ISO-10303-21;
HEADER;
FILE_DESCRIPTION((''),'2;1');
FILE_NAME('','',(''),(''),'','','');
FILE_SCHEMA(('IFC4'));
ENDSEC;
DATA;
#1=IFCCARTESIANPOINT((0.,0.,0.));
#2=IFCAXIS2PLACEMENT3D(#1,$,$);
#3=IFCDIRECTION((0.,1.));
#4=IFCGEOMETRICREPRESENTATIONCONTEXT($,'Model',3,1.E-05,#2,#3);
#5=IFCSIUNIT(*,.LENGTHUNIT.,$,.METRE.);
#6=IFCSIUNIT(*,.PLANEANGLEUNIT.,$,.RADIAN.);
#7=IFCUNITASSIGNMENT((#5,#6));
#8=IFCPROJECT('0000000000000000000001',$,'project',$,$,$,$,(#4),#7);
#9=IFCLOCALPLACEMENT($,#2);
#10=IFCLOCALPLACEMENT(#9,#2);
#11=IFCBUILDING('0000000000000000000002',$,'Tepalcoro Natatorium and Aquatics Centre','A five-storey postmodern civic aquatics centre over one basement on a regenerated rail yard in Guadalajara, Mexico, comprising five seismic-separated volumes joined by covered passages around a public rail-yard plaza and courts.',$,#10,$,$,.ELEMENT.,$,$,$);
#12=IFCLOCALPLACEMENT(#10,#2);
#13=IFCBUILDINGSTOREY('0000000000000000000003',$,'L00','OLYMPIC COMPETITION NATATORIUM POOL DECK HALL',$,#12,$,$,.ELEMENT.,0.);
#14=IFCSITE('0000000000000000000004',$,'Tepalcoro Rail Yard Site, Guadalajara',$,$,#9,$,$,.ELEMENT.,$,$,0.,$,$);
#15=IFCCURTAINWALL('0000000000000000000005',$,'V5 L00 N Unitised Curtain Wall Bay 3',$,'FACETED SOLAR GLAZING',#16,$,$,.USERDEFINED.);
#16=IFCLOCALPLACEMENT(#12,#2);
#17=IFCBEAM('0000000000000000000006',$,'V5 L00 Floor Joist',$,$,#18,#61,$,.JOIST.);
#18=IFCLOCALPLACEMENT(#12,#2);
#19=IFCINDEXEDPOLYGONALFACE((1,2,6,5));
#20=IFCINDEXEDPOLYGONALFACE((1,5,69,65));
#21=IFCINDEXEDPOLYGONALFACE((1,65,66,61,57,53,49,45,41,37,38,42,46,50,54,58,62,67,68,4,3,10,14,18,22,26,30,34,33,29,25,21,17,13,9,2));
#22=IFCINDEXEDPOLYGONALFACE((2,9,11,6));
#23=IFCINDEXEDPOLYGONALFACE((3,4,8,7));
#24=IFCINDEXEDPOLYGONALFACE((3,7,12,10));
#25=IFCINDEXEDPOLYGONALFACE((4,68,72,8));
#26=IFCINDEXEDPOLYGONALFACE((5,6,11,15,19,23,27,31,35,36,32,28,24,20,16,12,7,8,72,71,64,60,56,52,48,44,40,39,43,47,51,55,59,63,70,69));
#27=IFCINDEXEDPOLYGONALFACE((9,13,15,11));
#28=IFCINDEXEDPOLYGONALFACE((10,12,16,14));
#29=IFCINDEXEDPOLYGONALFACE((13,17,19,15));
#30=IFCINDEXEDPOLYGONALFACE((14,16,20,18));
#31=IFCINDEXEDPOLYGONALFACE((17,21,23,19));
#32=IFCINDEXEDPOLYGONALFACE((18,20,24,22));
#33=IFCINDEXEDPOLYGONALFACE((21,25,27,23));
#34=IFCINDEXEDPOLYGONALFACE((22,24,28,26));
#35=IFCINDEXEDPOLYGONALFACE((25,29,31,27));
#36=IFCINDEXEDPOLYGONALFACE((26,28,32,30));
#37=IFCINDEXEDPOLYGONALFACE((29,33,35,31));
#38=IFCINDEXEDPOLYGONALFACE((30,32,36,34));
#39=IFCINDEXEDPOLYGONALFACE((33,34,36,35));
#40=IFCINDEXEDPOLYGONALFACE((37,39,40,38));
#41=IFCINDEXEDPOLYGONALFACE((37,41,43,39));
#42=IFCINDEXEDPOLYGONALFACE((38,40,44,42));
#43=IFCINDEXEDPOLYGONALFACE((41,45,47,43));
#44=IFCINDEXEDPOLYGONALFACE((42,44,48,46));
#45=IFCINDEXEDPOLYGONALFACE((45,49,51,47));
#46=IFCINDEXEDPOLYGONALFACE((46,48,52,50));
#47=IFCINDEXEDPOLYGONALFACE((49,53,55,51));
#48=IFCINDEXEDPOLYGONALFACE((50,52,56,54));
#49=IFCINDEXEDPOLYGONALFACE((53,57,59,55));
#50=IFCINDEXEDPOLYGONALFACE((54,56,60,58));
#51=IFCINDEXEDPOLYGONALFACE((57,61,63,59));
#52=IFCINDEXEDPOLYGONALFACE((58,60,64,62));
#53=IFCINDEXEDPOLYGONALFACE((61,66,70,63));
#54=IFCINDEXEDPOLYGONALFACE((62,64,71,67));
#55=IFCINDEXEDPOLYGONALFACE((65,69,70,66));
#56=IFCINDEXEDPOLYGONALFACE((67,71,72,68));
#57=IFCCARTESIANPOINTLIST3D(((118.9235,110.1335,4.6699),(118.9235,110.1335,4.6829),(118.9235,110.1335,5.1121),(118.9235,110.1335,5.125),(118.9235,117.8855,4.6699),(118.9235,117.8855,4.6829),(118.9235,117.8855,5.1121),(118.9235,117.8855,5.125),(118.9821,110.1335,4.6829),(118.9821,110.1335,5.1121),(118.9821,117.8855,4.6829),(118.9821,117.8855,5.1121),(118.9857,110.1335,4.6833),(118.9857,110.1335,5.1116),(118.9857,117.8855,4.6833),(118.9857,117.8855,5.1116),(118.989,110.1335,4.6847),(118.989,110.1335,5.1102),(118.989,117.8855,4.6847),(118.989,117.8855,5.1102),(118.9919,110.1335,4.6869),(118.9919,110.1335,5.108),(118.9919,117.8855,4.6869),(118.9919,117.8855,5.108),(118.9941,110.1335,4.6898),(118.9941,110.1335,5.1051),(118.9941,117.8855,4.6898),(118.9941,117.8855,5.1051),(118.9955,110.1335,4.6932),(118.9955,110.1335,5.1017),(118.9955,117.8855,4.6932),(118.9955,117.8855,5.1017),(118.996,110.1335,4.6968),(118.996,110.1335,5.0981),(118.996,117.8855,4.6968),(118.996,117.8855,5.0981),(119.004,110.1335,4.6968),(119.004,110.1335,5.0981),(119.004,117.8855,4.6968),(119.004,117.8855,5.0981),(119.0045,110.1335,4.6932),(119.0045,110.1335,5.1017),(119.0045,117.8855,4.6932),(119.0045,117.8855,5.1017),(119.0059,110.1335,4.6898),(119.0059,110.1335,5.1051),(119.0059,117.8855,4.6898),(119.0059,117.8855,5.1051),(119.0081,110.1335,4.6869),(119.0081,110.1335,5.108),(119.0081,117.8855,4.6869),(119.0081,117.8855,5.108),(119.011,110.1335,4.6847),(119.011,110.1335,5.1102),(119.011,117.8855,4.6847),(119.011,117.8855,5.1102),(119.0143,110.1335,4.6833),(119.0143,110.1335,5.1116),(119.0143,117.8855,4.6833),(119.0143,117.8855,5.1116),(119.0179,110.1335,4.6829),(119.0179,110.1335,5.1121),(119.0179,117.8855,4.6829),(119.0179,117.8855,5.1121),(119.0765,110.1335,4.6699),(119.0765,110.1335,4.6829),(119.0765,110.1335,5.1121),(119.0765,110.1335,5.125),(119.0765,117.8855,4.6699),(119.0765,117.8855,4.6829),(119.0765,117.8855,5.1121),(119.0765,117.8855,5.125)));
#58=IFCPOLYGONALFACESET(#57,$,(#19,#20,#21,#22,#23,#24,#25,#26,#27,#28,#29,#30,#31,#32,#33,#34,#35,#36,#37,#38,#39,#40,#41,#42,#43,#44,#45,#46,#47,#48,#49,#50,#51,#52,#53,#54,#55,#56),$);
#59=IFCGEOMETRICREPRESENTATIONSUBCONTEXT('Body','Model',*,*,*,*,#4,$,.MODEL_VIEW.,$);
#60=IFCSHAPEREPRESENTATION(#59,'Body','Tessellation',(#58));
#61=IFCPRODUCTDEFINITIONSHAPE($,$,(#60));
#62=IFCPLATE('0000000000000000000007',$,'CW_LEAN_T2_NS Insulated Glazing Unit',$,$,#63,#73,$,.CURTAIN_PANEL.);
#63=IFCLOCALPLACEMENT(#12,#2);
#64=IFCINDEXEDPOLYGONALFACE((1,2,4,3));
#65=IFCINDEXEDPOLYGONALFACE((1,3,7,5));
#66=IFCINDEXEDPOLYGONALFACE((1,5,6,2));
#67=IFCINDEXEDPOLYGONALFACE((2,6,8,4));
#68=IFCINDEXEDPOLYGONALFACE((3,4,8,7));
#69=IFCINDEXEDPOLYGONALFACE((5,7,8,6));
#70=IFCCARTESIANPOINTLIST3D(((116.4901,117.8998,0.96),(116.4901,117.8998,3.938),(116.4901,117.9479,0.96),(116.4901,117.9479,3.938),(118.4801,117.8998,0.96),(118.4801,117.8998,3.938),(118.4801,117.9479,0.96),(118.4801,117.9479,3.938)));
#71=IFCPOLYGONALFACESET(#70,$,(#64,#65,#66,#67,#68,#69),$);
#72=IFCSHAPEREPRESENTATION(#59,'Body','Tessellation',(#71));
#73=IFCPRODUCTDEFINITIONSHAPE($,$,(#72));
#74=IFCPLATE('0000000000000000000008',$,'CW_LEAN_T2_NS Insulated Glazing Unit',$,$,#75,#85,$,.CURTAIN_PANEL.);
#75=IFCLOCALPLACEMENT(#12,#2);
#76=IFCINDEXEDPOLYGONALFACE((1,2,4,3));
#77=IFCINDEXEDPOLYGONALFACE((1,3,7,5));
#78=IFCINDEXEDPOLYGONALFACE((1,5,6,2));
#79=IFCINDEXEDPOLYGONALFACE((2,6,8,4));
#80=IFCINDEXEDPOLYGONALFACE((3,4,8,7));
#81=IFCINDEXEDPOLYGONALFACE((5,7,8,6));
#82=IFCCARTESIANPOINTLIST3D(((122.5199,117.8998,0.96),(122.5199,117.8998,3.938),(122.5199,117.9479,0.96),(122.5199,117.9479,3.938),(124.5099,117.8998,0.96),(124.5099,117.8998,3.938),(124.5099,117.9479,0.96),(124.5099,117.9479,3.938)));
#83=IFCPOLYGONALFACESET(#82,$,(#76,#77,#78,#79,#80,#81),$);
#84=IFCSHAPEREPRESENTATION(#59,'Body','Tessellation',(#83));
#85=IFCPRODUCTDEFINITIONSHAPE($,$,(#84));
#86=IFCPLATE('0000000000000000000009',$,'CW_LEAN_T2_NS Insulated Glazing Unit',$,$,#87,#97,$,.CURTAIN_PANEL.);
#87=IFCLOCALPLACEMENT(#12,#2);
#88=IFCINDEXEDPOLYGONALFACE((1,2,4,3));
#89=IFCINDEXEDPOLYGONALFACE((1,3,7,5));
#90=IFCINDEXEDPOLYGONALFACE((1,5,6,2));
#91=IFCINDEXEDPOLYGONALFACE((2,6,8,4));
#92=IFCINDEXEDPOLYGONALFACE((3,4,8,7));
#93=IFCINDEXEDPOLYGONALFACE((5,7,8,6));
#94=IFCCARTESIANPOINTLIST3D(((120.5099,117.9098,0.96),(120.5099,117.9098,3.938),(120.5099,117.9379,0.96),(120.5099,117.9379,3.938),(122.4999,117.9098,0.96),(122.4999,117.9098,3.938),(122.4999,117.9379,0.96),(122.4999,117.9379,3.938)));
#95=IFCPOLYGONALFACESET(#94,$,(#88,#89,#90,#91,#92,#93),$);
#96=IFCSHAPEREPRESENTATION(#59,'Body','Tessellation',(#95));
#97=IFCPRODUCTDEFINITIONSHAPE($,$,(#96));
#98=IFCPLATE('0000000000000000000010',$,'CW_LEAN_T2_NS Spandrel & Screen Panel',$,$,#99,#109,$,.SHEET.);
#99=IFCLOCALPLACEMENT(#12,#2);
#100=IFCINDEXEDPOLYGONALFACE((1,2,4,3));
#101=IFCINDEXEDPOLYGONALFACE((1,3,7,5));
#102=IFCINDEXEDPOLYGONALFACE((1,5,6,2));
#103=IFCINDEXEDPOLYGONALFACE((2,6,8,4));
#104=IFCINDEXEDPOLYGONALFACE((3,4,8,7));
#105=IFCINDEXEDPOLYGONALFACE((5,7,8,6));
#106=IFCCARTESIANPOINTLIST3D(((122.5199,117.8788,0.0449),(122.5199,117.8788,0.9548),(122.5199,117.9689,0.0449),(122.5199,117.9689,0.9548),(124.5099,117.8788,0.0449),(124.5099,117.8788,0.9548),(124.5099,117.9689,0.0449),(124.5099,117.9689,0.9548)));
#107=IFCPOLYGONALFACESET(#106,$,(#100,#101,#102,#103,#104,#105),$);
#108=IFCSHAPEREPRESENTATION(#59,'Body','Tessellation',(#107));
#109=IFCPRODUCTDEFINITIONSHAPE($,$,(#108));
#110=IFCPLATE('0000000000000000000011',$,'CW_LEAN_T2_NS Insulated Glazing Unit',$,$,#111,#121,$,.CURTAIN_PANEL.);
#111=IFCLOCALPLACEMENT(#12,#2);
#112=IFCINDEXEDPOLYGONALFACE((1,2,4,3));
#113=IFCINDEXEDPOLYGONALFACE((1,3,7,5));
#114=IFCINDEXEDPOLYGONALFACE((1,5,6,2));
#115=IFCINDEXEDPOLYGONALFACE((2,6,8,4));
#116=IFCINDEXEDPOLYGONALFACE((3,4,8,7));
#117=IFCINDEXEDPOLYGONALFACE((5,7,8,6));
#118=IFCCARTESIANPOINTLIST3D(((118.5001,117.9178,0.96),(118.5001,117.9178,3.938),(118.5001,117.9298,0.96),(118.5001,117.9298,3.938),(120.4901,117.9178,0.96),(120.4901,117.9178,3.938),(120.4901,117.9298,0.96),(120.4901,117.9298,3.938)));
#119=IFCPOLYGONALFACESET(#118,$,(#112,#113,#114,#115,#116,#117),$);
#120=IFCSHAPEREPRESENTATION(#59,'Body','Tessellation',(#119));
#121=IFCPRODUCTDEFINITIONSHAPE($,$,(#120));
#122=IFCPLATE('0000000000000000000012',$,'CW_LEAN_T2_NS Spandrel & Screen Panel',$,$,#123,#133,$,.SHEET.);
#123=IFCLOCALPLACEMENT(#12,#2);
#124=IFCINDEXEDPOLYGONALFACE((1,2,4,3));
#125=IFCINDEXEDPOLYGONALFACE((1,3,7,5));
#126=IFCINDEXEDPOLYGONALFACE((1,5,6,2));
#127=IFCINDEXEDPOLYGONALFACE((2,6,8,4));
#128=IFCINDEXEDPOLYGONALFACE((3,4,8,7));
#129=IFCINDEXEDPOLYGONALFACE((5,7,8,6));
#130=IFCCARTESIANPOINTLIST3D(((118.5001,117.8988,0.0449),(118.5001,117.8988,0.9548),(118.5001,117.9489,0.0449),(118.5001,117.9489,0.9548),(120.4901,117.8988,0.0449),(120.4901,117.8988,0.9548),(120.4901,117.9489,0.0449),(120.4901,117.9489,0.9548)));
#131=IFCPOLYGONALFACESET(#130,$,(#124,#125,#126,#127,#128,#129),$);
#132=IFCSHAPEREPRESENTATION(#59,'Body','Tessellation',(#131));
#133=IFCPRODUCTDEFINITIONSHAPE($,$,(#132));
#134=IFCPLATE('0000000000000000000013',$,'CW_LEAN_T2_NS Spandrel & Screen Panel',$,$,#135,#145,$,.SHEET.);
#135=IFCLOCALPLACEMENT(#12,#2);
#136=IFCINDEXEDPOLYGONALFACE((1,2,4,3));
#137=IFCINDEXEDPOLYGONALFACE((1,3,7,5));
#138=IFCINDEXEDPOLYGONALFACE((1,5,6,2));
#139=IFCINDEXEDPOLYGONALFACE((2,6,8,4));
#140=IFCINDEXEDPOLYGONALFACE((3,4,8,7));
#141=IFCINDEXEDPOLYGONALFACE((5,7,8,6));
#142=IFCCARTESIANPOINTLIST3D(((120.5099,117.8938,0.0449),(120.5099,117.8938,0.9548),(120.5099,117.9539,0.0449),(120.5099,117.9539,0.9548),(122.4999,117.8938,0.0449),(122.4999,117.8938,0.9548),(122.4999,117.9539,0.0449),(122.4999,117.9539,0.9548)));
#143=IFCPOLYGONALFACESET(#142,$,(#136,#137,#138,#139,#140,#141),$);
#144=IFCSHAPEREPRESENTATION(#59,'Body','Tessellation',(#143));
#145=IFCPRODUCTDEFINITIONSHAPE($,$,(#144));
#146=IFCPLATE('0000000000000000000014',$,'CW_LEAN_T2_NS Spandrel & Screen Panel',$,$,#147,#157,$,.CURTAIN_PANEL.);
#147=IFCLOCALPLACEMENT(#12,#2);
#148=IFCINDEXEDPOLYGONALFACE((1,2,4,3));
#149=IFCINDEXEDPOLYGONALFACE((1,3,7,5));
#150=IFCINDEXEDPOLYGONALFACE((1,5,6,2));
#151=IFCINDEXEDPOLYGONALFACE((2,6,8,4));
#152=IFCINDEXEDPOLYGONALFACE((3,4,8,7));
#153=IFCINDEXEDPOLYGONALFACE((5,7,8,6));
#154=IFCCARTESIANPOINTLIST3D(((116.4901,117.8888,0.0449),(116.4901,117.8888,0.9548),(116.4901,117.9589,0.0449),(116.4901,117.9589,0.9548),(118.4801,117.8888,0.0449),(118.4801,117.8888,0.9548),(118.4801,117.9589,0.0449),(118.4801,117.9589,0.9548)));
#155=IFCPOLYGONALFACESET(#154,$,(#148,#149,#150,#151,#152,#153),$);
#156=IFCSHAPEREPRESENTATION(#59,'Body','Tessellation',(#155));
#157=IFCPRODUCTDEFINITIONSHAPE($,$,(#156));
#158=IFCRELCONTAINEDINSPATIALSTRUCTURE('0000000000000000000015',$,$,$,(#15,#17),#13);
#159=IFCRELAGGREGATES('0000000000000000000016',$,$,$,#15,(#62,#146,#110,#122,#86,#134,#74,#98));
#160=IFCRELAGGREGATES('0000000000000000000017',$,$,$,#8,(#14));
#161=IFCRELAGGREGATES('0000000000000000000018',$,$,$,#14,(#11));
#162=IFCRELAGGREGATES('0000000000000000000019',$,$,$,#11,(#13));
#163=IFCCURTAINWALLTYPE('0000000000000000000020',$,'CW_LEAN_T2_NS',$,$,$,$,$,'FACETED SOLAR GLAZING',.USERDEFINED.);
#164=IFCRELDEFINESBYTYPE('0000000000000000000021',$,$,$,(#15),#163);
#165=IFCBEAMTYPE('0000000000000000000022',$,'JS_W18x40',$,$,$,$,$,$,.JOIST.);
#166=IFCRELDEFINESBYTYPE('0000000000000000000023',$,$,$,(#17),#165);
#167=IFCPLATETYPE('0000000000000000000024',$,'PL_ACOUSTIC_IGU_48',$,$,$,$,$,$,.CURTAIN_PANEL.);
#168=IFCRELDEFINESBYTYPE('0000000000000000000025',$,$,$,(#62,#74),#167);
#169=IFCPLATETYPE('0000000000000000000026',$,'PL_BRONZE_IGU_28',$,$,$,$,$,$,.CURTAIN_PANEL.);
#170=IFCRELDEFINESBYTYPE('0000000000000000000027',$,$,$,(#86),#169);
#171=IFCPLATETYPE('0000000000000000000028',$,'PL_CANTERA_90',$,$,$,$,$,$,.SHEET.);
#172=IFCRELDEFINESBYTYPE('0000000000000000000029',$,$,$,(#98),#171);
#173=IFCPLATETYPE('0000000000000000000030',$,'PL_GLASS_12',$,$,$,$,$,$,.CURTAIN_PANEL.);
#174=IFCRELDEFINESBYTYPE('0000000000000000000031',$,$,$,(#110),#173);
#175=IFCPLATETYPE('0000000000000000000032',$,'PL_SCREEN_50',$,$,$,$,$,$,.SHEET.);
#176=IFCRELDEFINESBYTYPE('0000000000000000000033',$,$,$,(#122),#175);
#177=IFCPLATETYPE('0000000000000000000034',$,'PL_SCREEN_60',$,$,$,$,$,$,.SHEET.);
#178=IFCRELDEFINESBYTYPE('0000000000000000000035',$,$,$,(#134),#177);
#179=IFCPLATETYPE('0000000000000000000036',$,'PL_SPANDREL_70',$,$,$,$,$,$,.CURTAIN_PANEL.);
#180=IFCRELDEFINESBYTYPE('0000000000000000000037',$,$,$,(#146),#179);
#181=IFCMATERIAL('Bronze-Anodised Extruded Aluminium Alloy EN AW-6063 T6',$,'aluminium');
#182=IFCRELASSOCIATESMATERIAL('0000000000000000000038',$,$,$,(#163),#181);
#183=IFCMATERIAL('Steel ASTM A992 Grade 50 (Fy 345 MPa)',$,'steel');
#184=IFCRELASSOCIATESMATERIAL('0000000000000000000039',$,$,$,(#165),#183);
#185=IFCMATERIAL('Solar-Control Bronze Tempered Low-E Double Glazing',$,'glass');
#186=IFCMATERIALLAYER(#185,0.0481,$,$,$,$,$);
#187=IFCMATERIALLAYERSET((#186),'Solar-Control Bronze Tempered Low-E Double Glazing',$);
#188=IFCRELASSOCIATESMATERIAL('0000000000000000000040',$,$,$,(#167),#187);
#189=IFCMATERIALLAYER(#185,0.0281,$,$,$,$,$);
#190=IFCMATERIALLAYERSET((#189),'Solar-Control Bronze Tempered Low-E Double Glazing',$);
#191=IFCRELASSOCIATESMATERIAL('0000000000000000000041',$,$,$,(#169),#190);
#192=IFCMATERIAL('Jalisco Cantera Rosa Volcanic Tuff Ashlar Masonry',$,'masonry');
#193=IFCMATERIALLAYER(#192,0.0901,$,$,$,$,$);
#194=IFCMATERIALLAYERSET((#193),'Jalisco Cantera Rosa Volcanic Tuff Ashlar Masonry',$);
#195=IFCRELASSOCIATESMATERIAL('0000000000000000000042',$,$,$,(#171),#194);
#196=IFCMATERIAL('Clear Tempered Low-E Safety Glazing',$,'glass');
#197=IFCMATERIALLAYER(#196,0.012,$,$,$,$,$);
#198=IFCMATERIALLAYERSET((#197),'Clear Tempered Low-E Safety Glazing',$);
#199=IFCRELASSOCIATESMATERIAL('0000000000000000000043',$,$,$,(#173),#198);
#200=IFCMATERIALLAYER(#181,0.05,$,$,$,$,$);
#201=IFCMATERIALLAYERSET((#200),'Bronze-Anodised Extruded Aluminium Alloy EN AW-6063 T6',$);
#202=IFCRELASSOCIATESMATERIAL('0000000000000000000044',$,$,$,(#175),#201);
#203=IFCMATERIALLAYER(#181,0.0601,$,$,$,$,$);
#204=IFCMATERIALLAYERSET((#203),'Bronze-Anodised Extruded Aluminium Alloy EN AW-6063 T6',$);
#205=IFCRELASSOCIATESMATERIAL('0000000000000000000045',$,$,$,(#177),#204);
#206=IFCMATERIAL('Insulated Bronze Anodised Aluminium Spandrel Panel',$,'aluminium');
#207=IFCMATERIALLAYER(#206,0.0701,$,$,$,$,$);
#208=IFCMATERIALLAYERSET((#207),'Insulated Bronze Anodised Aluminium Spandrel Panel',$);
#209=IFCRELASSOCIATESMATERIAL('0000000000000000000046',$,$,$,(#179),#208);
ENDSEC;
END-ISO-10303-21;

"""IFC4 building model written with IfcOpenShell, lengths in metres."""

from ifc_helpers import new_model, si_unit, direction, frame, origin, origin_2d, place, context, subcontext, project, spatial, rectangle, i_section, extrude, material, layer, layer_set, material_profile, profile_set, type_object, element, aggregate, save


model = new_model("IFC4")

# Units and contexts
model_context = context("Model", 3, precision=1e-05, world=origin(), true_north=direction((0.0, 1.0)))
body_context = subcontext(model_context, "Body", "Model", "MODEL_VIEW")
ifc_project = project(units=[si_unit("LENGTHUNIT", "METRE"), si_unit("PLANEANGLEUNIT", "RADIAN")], contexts=[model_context])

# Site, building, storey
site_placement = place(None, origin())
site = spatial("IfcSite", under=ifc_project, at=site_placement, Name="Tepalcoro Rail Yard Site, Guadalajara", CompositionType="ELEMENT", RefElevation=0.0)
building_placement = place(site_placement, origin())
building = spatial("IfcBuilding", under=site, at=building_placement, Name="Tepalcoro Natatorium and Aquatics Centre", Description="A five-storey postmodern civic aquatics centre over one basement on a regenerated rail yard in Guadalajara, Mexico, comprising five seismic-separated volumes joined by covered passages around a public rail-yard plaza and courts.", CompositionType="ELEMENT")
storey_placement = place(building_placement, origin())
storey = spatial("IfcBuildingStorey", under=building, at=storey_placement, Name="L00", Description="OLYMPIC COMPETITION NATATORIUM POOL DECK HALL", CompositionType="ELEMENT", Elevation=0.0)

# Shared definitions
ifc_material_1 = material(Name="Steel ASTM A992 Grade 50 (Fy 345 MPa)", Category="steel")

# Curtain wall
ifc_material_2 = material(Name="Bronze-Anodised Extruded Aluminium Alloy EN AW-6063 T6", Category="aluminium")
curtain_wall_type = type_object("IfcCurtainWallType", Name="CW_LEAN_T2_NS", ElementType="FACETED SOLAR GLAZING", PredefinedType="USERDEFINED", material=ifc_material_2)
curtain_wall_placement = place(storey_placement, origin())
curtain_wall = element("IfcCurtainWall", 1, at=curtain_wall_placement, inside=storey, type_object=curtain_wall_type, Name="V5 L00 N Unitised Curtain Wall Bay 3", ObjectType="FACETED SOLAR GLAZING", PredefinedType="USERDEFINED")

# Beam
ifc_material_profile_1 = material_profile(ifc_material_1, i_section(OverallWidth=0.1531, OverallDepth=0.4551, WebThickness=0.0081, FlangeThickness=0.0129, FilletRadius=0.0139, at=origin_2d()), Name="W18X40")
ifc_profile_set_1 = profile_set([ifc_material_profile_1], Name="Steel ASTM A992 Grade 50 (Fy 345 MPa)")
beam_type_1 = type_object("IfcBeamType", Name="JS_W18x40", PredefinedType="JOIST", material=ifc_profile_set_1)
beam_1_placement = place(storey_placement, frame((119.0, 110.1335, 4.8975), z_axis=(0.0, 1.0, 0.0), x_axis=(-1.0, 0.0, 0.0)))
element("IfcBeam", 2, at=beam_1_placement, inside=storey, type_object=beam_type_1, Name="V5 L00 Floor Joist", PredefinedType="JOIST", context=body_context, shape_type="SweptSolid", body=[
    extrude(i_section(OverallWidth=0.1531, OverallDepth=0.4551, WebThickness=0.0081, FlangeThickness=0.0129, FilletRadius=0.0139, at=origin_2d()), origin(), (0.0, 0.0, 1.0), 7.752),
])

# Plates
ifc_material_3 = material(Name="Solar-Control Bronze Tempered Low-E Double Glazing", Category="glass")
ifc_layer_1 = layer(ifc_material_3, 0.0481)
ifc_layer_set_1 = layer_set([ifc_layer_1], Name="Solar-Control Bronze Tempered Low-E Double Glazing")
plate_type_1 = type_object("IfcPlateType", Name="PL_ACOUSTIC_IGU_48", PredefinedType="CURTAIN_PANEL", material=ifc_layer_set_1)
plate_1_placement = place(storey_placement, frame((117.4851, 117.9238, 0.96), z_axis=(0.0, 0.0, 1.0), x_axis=(1.0, 0.0, 0.0)))
plate_1 = element("IfcPlate", 3, at=plate_1_placement, type_object=plate_type_1, Name="CW_LEAN_T2_NS Insulated Glazing Unit", PredefinedType="CURTAIN_PANEL", context=body_context, shape_type="SweptSolid", body=[
    extrude(rectangle(XDim=1.99, YDim=0.0481, at=origin_2d()), origin(), (0.0, 0.0, 1.0), 2.978),
])
plate_2_placement = place(storey_placement, frame((123.5149, 117.9238, 0.96), z_axis=(0.0, 0.0, 1.0), x_axis=(1.0, 0.0, 0.0)))
plate_2 = element("IfcPlate", 4, at=plate_2_placement, type_object=plate_type_1, Name="CW_LEAN_T2_NS Insulated Glazing Unit", PredefinedType="CURTAIN_PANEL", context=body_context, shape_type="SweptSolid", body=[
    extrude(rectangle(XDim=1.99, YDim=0.0481, at=origin_2d()), origin(), (0.0, 0.0, 1.0), 2.978),
])
ifc_layer_2 = layer(ifc_material_3, 0.0281)
ifc_layer_set_2 = layer_set([ifc_layer_2], Name="Solar-Control Bronze Tempered Low-E Double Glazing")
plate_type_2 = type_object("IfcPlateType", Name="PL_BRONZE_IGU_28", PredefinedType="CURTAIN_PANEL", material=ifc_layer_set_2)
plate_3_placement = place(storey_placement, frame((121.5049, 117.9238, 0.96), z_axis=(0.0, 0.0, 1.0), x_axis=(1.0, 0.0, 0.0)))
plate_3 = element("IfcPlate", 5, at=plate_3_placement, type_object=plate_type_2, Name="CW_LEAN_T2_NS Insulated Glazing Unit", PredefinedType="CURTAIN_PANEL", context=body_context, shape_type="SweptSolid", body=[
    extrude(rectangle(XDim=1.99, YDim=0.0281, at=origin_2d()), origin(), (0.0, 0.0, 1.0), 2.978),
])
ifc_material_4 = material(Name="Jalisco Cantera Rosa Volcanic Tuff Ashlar Masonry", Category="masonry")
ifc_layer_3 = layer(ifc_material_4, 0.0901)
ifc_layer_set_3 = layer_set([ifc_layer_3], Name="Jalisco Cantera Rosa Volcanic Tuff Ashlar Masonry")
plate_type_3 = type_object("IfcPlateType", Name="PL_CANTERA_90", PredefinedType="SHEET", material=ifc_layer_set_3)
plate_4_placement = place(storey_placement, frame((123.5149, 117.9238, 0.0449), z_axis=(0.0, 0.0, 1.0), x_axis=(1.0, 0.0, 0.0)))
plate_4 = element("IfcPlate", 6, at=plate_4_placement, type_object=plate_type_3, Name="CW_LEAN_T2_NS Spandrel & Screen Panel", PredefinedType="SHEET", context=body_context, shape_type="SweptSolid", body=[
    extrude(rectangle(XDim=1.99, YDim=0.0901, at=origin_2d()), origin(), (0.0, 0.0, 1.0), 0.9099),
])
ifc_material_5 = material(Name="Clear Tempered Low-E Safety Glazing", Category="glass")
ifc_layer_4 = layer(ifc_material_5, 0.012)
ifc_layer_set_4 = layer_set([ifc_layer_4], Name="Clear Tempered Low-E Safety Glazing")
plate_type_4 = type_object("IfcPlateType", Name="PL_GLASS_12", PredefinedType="CURTAIN_PANEL", material=ifc_layer_set_4)
plate_5_placement = place(storey_placement, frame((119.4951, 117.9238, 0.96), z_axis=(0.0, 0.0, 1.0), x_axis=(1.0, 0.0, 0.0)))
plate_5 = element("IfcPlate", 7, at=plate_5_placement, type_object=plate_type_4, Name="CW_LEAN_T2_NS Insulated Glazing Unit", PredefinedType="CURTAIN_PANEL", context=body_context, shape_type="SweptSolid", body=[
    extrude(rectangle(XDim=1.99, YDim=0.012, at=origin_2d()), origin(), (0.0, 0.0, 1.0), 2.978),
])
ifc_layer_5 = layer(ifc_material_2, 0.05)
ifc_layer_set_5 = layer_set([ifc_layer_5], Name="Bronze-Anodised Extruded Aluminium Alloy EN AW-6063 T6")
plate_type_5 = type_object("IfcPlateType", Name="PL_SCREEN_50", PredefinedType="SHEET", material=ifc_layer_set_5)
plate_6_placement = place(storey_placement, frame((119.4951, 117.9238, 0.0449), z_axis=(0.0, 0.0, 1.0), x_axis=(1.0, 0.0, 0.0)))
plate_6 = element("IfcPlate", 8, at=plate_6_placement, type_object=plate_type_5, Name="CW_LEAN_T2_NS Spandrel & Screen Panel", PredefinedType="SHEET", context=body_context, shape_type="SweptSolid", body=[
    extrude(rectangle(XDim=1.99, YDim=0.05, at=origin_2d()), origin(), (0.0, 0.0, 1.0), 0.9099),
])
ifc_layer_6 = layer(ifc_material_2, 0.0601)
ifc_layer_set_6 = layer_set([ifc_layer_6], Name="Bronze-Anodised Extruded Aluminium Alloy EN AW-6063 T6")
plate_type_6 = type_object("IfcPlateType", Name="PL_SCREEN_60", PredefinedType="SHEET", material=ifc_layer_set_6)
plate_7_placement = place(storey_placement, frame((121.5049, 117.9238, 0.0449), z_axis=(0.0, 0.0, 1.0), x_axis=(1.0, 0.0, 0.0)))
plate_7 = element("IfcPlate", 9, at=plate_7_placement, type_object=plate_type_6, Name="CW_LEAN_T2_NS Spandrel & Screen Panel", PredefinedType="SHEET", context=body_context, shape_type="SweptSolid", body=[
    extrude(rectangle(XDim=1.99, YDim=0.0601, at=origin_2d()), origin(), (0.0, 0.0, 1.0), 0.9099),
])
ifc_material_6 = material(Name="Insulated Bronze Anodised Aluminium Spandrel Panel", Category="aluminium")
ifc_layer_7 = layer(ifc_material_6, 0.0701)
ifc_layer_set_7 = layer_set([ifc_layer_7], Name="Insulated Bronze Anodised Aluminium Spandrel Panel")
plate_type_7 = type_object("IfcPlateType", Name="PL_SPANDREL_70", PredefinedType="CURTAIN_PANEL", material=ifc_layer_set_7)
plate_8_placement = place(storey_placement, frame((117.4851, 117.9238, 0.0449), z_axis=(0.0, 0.0, 1.0), x_axis=(1.0, 0.0, 0.0)))
plate_8 = element("IfcPlate", 10, at=plate_8_placement, type_object=plate_type_7, Name="CW_LEAN_T2_NS Spandrel & Screen Panel", PredefinedType="CURTAIN_PANEL", context=body_context, shape_type="SweptSolid", body=[
    extrude(rectangle(XDim=1.99, YDim=0.0701, at=origin_2d()), origin(), (0.0, 0.0, 1.0), 0.9099),
])
aggregate(curtain_wall, [plate_1, plate_8, plate_5, plate_6, plate_3, plate_7, plate_2, plate_4])

save(model, "model.ifc")
